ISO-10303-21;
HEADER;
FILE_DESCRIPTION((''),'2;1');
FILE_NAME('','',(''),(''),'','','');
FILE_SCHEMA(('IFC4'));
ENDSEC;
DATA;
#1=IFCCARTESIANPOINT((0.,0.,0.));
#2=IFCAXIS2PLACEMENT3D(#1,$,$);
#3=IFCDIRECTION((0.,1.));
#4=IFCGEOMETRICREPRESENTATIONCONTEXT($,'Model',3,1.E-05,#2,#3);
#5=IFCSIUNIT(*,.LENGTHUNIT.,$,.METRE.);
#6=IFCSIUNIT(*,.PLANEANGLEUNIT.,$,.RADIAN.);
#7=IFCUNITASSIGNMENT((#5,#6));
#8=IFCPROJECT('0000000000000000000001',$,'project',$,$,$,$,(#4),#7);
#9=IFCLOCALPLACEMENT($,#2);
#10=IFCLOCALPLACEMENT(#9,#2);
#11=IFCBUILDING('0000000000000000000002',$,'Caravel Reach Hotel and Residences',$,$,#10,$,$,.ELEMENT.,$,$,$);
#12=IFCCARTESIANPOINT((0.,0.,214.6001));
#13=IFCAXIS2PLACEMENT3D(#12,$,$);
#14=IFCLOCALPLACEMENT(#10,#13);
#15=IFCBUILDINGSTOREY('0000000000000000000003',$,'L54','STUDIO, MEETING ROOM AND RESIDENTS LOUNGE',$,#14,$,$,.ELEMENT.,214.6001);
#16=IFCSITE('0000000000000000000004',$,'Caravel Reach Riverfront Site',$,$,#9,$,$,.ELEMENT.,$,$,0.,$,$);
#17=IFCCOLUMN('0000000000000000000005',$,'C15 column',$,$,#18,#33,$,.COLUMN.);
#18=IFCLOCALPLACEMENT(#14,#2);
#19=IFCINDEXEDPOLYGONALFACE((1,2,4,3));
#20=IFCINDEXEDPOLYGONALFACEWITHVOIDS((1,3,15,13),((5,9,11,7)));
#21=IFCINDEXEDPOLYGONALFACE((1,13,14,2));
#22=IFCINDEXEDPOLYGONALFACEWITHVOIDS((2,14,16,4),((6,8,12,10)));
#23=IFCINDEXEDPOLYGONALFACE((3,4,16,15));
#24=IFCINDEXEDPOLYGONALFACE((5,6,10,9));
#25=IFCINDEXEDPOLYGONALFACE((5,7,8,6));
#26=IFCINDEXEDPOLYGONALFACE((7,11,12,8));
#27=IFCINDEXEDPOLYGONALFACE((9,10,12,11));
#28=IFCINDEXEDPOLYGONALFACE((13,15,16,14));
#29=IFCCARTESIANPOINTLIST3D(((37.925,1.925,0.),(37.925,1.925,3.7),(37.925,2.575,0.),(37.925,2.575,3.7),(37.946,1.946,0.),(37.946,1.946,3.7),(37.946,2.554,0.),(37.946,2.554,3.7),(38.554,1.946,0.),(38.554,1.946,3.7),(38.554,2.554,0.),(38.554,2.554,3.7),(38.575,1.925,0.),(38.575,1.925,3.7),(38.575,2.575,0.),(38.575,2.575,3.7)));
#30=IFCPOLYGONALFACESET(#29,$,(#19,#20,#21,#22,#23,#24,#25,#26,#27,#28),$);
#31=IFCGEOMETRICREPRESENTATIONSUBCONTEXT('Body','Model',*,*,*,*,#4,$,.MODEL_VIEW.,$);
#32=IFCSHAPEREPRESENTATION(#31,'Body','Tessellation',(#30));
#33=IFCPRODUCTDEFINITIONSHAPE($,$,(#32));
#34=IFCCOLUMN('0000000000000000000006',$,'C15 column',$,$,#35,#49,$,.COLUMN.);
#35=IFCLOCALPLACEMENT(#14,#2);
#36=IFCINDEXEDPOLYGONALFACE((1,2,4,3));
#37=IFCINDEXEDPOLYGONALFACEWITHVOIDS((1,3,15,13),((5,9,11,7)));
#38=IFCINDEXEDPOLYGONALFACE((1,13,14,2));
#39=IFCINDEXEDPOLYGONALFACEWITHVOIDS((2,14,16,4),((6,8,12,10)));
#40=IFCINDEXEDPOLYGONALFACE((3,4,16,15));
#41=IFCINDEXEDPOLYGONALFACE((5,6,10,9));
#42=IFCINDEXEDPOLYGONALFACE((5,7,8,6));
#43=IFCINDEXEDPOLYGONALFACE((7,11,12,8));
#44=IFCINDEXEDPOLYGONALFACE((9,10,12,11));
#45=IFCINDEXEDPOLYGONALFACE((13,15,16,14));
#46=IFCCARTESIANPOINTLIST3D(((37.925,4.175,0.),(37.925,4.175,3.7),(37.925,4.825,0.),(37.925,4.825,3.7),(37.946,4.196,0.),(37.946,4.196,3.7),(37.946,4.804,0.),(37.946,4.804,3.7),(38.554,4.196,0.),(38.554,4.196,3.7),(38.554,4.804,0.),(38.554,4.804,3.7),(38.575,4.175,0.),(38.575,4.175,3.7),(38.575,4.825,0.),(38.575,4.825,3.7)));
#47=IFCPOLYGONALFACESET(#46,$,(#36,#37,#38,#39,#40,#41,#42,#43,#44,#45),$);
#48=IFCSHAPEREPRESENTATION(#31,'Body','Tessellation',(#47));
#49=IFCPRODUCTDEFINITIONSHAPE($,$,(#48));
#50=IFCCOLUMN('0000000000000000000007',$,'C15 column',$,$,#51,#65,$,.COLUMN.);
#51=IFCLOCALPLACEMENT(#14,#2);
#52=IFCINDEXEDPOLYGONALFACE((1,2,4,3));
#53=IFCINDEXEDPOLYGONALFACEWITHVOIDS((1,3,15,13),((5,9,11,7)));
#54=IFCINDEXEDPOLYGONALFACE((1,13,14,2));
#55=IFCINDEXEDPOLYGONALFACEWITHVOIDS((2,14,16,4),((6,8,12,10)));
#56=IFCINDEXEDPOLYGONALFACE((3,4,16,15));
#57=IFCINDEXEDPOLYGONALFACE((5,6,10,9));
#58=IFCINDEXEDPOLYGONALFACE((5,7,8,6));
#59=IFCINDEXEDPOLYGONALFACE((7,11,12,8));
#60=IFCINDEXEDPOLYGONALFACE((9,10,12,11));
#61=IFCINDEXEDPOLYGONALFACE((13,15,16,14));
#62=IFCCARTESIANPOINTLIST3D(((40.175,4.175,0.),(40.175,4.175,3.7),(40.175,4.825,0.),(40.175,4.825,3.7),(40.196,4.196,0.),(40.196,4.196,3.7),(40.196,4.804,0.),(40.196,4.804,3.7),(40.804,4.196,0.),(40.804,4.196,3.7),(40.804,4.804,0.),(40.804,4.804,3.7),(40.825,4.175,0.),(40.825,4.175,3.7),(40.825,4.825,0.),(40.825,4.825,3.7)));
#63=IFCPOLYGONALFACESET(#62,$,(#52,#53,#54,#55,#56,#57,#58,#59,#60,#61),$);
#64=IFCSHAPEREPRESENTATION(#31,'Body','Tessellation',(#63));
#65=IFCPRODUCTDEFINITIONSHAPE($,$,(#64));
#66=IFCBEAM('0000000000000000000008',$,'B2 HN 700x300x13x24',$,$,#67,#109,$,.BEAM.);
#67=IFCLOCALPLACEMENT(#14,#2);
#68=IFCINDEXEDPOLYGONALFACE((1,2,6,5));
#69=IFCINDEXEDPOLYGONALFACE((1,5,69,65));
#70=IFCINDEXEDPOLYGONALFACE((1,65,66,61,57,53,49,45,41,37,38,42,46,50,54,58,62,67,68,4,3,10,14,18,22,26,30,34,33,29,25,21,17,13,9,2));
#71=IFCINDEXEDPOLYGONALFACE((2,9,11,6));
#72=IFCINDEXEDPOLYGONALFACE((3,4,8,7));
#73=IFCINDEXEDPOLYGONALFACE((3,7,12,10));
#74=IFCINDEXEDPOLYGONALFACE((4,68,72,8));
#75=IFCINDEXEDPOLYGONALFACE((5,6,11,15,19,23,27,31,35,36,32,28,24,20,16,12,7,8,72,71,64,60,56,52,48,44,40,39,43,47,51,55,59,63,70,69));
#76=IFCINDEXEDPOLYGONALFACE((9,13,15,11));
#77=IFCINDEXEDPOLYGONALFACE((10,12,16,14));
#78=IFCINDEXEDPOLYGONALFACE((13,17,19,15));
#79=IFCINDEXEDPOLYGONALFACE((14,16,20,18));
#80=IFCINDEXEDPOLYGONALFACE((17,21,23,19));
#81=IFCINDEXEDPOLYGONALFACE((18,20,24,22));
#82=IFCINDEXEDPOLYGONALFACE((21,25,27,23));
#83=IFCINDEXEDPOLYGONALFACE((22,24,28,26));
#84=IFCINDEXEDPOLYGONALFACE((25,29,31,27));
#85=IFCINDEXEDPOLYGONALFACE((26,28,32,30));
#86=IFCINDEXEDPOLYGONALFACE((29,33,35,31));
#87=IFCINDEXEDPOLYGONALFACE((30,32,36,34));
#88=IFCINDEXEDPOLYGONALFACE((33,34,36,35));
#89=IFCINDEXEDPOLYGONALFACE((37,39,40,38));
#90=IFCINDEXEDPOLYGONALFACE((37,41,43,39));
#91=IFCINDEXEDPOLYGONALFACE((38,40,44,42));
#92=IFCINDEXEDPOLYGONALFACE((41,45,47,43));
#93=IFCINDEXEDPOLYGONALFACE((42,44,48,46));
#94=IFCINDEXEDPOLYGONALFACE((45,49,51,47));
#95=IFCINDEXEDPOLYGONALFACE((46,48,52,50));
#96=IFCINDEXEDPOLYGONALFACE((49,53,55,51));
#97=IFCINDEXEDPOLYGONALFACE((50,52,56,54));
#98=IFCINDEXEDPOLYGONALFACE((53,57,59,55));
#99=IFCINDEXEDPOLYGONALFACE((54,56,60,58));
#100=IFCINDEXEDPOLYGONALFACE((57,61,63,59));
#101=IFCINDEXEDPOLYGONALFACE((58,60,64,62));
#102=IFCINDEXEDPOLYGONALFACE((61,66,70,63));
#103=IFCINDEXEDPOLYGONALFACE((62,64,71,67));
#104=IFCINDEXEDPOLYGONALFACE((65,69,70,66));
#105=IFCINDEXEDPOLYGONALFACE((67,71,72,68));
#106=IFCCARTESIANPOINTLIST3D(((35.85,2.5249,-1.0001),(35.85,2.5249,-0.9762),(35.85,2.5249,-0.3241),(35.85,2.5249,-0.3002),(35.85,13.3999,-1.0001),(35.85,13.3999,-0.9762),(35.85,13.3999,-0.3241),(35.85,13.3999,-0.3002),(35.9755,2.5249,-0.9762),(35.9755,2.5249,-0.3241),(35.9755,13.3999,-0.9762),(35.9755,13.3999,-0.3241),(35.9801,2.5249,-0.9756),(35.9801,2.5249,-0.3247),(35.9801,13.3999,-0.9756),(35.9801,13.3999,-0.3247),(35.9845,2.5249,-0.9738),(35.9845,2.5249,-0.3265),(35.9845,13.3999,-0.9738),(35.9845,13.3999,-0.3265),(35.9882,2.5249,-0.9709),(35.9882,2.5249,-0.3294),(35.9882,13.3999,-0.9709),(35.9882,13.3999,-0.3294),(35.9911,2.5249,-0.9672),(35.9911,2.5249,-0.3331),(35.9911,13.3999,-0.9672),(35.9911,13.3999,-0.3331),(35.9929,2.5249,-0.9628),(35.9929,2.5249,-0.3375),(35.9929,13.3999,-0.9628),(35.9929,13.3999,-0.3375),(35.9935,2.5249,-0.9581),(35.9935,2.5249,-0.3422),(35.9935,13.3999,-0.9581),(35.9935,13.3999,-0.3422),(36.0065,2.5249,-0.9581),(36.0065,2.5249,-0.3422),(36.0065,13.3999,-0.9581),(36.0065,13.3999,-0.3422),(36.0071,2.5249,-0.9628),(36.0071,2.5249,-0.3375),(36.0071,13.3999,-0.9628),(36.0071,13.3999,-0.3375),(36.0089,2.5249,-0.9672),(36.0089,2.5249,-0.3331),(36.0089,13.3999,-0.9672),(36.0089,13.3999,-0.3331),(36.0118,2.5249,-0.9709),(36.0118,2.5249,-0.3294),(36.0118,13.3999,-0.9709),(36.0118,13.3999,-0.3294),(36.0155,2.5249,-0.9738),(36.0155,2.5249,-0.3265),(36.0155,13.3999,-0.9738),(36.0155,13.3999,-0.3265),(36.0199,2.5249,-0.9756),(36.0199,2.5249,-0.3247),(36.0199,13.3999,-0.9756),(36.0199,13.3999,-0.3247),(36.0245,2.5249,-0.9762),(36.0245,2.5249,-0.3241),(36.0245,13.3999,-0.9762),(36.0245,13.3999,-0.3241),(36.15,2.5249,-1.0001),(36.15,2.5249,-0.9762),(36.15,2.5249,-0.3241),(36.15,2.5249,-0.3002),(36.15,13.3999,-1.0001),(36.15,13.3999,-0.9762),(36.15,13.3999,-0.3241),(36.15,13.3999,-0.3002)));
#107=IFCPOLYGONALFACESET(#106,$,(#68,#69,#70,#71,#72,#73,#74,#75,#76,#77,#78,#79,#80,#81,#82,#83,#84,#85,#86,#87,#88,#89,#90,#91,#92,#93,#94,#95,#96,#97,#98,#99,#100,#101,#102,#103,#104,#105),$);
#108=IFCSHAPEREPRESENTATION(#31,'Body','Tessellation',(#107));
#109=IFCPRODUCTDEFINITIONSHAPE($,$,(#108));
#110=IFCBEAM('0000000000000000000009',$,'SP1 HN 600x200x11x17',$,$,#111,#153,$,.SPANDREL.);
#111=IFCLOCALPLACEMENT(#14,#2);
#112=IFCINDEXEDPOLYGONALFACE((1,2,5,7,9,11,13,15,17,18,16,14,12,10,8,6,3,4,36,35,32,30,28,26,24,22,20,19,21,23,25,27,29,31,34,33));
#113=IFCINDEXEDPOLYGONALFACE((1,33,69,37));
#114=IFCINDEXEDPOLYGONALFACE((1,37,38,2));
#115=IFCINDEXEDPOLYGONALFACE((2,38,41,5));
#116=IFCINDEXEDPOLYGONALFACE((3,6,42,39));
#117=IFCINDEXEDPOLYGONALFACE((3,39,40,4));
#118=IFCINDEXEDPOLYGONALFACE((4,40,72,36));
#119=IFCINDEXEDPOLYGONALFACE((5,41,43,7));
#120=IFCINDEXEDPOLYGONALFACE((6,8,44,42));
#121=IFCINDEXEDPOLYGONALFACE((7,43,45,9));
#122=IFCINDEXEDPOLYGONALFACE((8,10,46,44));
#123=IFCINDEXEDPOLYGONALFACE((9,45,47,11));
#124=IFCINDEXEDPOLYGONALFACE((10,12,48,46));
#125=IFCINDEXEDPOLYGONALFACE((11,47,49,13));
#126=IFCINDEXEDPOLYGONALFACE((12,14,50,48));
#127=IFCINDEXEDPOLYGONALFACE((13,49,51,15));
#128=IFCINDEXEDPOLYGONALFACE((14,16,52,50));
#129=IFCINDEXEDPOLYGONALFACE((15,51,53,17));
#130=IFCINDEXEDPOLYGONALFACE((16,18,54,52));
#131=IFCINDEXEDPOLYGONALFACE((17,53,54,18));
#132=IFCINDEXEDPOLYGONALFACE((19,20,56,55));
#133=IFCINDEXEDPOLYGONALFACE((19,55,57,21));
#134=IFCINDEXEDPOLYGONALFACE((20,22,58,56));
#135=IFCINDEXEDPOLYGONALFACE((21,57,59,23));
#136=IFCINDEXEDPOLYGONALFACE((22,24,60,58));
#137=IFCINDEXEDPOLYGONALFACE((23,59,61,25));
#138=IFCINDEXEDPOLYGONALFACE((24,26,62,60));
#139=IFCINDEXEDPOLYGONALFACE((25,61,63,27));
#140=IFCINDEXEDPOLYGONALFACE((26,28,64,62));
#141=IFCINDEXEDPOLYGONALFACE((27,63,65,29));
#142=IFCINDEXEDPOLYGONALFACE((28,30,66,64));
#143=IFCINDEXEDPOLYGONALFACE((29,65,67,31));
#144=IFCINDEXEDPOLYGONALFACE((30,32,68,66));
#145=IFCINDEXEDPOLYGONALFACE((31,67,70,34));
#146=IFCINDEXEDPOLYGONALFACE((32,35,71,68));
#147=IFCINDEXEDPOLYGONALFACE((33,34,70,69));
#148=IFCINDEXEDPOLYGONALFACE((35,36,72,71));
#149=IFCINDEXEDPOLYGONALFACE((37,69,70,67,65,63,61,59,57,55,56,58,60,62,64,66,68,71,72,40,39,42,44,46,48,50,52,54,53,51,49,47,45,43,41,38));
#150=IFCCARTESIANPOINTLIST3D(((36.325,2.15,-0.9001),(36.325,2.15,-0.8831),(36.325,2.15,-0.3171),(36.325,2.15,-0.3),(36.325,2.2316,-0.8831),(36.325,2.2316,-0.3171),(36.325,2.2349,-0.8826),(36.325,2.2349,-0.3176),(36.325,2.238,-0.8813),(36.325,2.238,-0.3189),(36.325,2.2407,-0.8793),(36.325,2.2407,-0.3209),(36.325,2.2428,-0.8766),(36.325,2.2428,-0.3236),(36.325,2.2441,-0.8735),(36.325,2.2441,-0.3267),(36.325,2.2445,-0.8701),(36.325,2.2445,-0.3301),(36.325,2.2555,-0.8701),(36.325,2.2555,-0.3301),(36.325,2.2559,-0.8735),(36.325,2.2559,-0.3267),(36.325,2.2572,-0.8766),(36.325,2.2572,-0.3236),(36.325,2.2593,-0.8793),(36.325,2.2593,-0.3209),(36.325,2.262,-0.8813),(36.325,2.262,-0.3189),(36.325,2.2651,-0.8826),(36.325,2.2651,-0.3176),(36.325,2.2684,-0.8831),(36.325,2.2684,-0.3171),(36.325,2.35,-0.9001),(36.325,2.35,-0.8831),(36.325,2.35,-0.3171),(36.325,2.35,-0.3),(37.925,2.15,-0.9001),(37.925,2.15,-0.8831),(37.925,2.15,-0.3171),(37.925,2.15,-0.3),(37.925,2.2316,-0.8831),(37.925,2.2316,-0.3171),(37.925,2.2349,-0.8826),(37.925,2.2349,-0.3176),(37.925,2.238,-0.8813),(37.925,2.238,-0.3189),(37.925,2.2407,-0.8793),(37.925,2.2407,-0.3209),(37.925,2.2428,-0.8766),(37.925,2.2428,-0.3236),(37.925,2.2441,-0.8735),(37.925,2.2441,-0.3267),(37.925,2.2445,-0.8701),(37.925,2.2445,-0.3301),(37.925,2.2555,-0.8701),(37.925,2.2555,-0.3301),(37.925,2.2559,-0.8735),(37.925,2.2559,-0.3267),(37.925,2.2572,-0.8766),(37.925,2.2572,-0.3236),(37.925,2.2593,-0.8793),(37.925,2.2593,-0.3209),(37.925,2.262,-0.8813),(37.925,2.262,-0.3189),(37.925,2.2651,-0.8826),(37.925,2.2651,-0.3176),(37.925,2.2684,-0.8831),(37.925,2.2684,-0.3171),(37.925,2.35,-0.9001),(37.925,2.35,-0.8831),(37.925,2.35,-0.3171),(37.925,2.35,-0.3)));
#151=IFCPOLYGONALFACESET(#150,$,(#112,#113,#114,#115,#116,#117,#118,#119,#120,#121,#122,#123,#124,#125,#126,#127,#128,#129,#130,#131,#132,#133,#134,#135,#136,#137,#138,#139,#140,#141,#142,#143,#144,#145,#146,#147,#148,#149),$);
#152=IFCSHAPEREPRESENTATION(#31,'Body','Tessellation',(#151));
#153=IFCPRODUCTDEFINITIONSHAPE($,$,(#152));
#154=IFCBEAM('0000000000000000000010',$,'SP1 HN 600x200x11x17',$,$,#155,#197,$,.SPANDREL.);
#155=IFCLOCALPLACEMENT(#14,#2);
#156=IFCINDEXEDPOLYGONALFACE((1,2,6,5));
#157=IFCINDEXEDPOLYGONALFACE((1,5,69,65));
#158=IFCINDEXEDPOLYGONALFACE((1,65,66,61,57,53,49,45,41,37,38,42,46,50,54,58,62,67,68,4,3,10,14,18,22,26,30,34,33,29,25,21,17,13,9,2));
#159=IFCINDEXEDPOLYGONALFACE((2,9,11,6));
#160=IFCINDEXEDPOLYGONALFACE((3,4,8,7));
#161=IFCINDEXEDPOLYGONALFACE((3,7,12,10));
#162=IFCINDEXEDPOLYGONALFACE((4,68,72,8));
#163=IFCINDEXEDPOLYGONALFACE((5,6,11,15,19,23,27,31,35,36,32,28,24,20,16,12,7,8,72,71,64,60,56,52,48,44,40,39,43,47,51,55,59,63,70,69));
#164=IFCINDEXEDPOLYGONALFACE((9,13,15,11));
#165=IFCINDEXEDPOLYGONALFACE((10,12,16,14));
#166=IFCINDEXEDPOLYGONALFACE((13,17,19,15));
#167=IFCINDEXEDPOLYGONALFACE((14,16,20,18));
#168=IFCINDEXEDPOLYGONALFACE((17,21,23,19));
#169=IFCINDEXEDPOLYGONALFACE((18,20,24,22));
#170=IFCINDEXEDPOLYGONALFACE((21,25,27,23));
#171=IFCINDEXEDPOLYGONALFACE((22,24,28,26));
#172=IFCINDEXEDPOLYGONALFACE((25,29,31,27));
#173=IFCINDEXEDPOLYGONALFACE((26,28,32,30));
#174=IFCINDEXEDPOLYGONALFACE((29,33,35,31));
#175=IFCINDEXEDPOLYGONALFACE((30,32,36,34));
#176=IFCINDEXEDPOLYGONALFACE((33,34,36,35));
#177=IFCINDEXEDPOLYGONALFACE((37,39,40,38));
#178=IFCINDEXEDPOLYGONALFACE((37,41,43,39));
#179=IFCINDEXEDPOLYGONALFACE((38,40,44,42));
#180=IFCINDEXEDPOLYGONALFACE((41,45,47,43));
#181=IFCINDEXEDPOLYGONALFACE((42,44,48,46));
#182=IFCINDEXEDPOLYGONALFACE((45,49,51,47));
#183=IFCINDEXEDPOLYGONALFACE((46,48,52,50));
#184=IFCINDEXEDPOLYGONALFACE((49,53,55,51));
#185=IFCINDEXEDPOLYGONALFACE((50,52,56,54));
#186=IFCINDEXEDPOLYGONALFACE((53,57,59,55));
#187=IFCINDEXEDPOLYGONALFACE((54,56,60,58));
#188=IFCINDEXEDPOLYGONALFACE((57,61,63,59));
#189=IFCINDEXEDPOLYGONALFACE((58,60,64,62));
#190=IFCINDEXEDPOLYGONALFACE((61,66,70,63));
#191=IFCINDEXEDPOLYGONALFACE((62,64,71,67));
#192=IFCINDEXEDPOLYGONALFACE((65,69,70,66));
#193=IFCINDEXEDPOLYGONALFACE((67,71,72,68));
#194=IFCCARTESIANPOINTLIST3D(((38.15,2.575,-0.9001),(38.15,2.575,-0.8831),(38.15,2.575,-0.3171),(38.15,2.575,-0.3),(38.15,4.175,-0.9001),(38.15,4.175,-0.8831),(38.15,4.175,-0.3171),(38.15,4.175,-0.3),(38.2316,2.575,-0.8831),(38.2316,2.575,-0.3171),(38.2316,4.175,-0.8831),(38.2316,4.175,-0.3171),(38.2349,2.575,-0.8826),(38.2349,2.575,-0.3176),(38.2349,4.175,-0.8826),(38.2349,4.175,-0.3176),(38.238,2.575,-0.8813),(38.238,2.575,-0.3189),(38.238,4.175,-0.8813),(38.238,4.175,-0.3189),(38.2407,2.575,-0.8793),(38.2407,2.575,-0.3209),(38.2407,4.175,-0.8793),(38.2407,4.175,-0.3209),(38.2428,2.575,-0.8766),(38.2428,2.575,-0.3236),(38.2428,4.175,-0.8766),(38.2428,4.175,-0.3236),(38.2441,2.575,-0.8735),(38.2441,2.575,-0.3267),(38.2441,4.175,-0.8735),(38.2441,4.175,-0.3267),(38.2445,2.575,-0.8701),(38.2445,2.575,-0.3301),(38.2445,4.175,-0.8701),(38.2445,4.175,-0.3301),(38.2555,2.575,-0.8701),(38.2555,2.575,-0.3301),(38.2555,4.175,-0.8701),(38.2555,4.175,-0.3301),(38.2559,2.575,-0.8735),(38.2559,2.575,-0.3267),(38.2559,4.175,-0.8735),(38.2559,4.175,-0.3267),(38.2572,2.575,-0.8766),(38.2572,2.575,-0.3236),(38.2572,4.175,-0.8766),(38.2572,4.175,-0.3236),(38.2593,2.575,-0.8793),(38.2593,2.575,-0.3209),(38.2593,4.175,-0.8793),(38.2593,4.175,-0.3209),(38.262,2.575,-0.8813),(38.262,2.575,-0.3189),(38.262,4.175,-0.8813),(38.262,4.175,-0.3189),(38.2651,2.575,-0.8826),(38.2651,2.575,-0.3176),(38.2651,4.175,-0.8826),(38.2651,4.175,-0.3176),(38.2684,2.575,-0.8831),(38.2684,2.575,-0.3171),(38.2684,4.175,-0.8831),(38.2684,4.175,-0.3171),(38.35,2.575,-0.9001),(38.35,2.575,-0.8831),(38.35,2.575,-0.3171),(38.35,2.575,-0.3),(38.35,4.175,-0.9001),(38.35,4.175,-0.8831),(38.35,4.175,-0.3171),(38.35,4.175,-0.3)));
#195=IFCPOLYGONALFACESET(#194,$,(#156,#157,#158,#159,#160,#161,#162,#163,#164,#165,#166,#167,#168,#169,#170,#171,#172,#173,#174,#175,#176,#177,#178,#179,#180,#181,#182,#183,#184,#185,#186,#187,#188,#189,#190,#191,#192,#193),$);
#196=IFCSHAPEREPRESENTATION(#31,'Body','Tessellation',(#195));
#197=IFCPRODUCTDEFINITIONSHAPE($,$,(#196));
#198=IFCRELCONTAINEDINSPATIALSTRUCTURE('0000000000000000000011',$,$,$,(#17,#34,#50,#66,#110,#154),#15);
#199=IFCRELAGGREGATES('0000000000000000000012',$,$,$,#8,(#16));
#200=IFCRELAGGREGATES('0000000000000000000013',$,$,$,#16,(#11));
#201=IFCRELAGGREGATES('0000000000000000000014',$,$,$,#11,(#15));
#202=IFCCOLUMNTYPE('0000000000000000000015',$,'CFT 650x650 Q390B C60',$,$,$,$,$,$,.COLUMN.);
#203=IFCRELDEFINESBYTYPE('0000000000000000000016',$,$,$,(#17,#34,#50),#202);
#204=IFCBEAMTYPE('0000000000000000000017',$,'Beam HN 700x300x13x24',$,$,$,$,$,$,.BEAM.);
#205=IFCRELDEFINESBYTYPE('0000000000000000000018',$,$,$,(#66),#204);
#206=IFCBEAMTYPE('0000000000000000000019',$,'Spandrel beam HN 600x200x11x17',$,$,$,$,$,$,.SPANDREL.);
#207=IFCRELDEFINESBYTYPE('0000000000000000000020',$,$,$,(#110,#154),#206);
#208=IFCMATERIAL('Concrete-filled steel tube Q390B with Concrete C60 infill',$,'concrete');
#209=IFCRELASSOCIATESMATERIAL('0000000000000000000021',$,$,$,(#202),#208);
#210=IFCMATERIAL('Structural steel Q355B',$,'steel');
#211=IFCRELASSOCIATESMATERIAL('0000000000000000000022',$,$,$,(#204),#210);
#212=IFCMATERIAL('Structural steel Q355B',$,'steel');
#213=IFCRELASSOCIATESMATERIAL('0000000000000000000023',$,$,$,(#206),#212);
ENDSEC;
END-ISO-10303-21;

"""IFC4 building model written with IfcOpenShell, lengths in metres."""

from ifc_helpers import new_model, si_unit, direction, frame, origin, origin_2d, place, context, subcontext, project, spatial, hollow_rectangle, i_section, extrude, material, material_profile, profile_set, type_object, element, save


model = new_model("IFC4")

# Units and contexts
model_context = context("Model", 3, precision=1e-05, world=origin(), true_north=direction((0.0, 1.0)))
body_context = subcontext(model_context, "Body", "Model", "MODEL_VIEW")
ifc_project = project(units=[si_unit("LENGTHUNIT", "METRE"), si_unit("PLANEANGLEUNIT", "RADIAN")], contexts=[model_context])

# Site, building, storey
site_placement = place(None, origin())
site = spatial("IfcSite", under=ifc_project, at=site_placement, Name="Caravel Reach Riverfront Site", CompositionType="ELEMENT", RefElevation=0.0)
building_placement = place(site_placement, origin())
building = spatial("IfcBuilding", under=site, at=building_placement, Name="Caravel Reach Hotel and Residences", CompositionType="ELEMENT")
storey_placement = place(building_placement, frame((0.0, 0.0, 214.6001)))
storey = spatial("IfcBuildingStorey", under=building, at=storey_placement, Name="L54", Description="STUDIO, MEETING ROOM AND RESIDENTS LOUNGE", CompositionType="ELEMENT", Elevation=214.6001)

# Columns
ifc_material_1 = material(Name="Concrete-filled steel tube Q390B with Concrete C60 infill", Category="concrete")
ifc_material_profile_1 = material_profile(ifc_material_1, hollow_rectangle(XDim=0.6499, YDim=0.6499, WallThickness=0.021, at=origin_2d()), Name="RHS 650x650x21")
ifc_profile_set_1 = profile_set([ifc_material_profile_1], Name="Concrete-filled steel tube Q390B with Concrete C60 infill")
column_type = type_object("IfcColumnType", Name="CFT 650x650 Q390B C60", PredefinedType="COLUMN", material=ifc_profile_set_1)
for number, where, z_axis, x_axis, name in (
    (1, (38.25, 2.25, 0.0), (0.0, 0.0, 1.0), (1.0, 0.0, 0.0), "C15 column"),
    (2, (38.25, 4.5, 0.0), (0.0, 0.0, 1.0), (1.0, 0.0, 0.0), "C15 column"),
    (3, (40.5, 4.5, 0.0), (0.0, 0.0, 1.0), (1.0, 0.0, 0.0), "C15 column"),
):
    element("IfcColumn", number, at=place(storey_placement, frame(where, z_axis=z_axis, x_axis=x_axis)), inside=storey, type_object=column_type, Name=name, PredefinedType="COLUMN", context=body_context, shape_type="SweptSolid", body=[
        extrude(hollow_rectangle(XDim=0.6499, YDim=0.6499, WallThickness=0.021, at=origin_2d()), origin(), (0.0, 0.0, 1.0), 3.7),
    ])

# Beams
ifc_material_2 = material(Name="Structural steel Q355B", Category="steel")
ifc_material_profile_2 = material_profile(ifc_material_2, i_section(OverallWidth=0.3, OverallDepth=0.7, WebThickness=0.0129, FlangeThickness=0.0239, FilletRadius=0.0181, at=origin_2d()), Name="HN 700x300x13x24")
ifc_profile_set_2 = profile_set([ifc_material_profile_2], Name="Structural steel Q355B")
beam_type_1 = type_object("IfcBeamType", Name="Beam HN 700x300x13x24", PredefinedType="BEAM", material=ifc_profile_set_2)
beam_1_placement = place(storey_placement, frame((36.0, 13.3999, -0.6501), z_axis=(0.0, -1.0, 0.0), x_axis=(1.0, 0.0, 0.0)))
element("IfcBeam", 4, at=beam_1_placement, inside=storey, type_object=beam_type_1, Name="B2 HN 700x300x13x24", PredefinedType="BEAM", context=body_context, shape_type="SweptSolid", body=[
    extrude(i_section(OverallWidth=0.3, OverallDepth=0.7, WebThickness=0.0129, FlangeThickness=0.0239, FilletRadius=0.0181, at=origin_2d()), origin(), (0.0, 0.0, 1.0), 10.875),
])
ifc_material_3 = material(Name="Structural steel Q355B", Category="steel")
ifc_material_profile_3 = material_profile(ifc_material_3, i_section(OverallWidth=0.2, OverallDepth=0.6001, WebThickness=0.011, FlangeThickness=0.0171, FilletRadius=0.0129, at=origin_2d()), Name="HN 600x200x11x17")
ifc_profile_set_3 = profile_set([ifc_material_profile_3], Name="Structural steel Q355B")
beam_type_2 = type_object("IfcBeamType", Name="Spandrel beam HN 600x200x11x17", PredefinedType="SPANDREL", material=ifc_profile_set_3)
for number, where, z_axis, x_axis, name in (
    (5, (36.325, 2.25, -0.6001), (1.0, 0.0, 0.0), (0.0, 1.0, 0.0), "SP1 HN 600x200x11x17"),
    (6, (38.25, 2.575, -0.6001), (0.0, 1.0, 0.0), (-1.0, 0.0, 0.0), "SP1 HN 600x200x11x17"),
):
    element("IfcBeam", number, at=place(storey_placement, frame(where, z_axis=z_axis, x_axis=x_axis)), inside=storey, type_object=beam_type_2, Name=name, PredefinedType="SPANDREL", context=body_context, shape_type="SweptSolid", body=[
        extrude(i_section(OverallWidth=0.2, OverallDepth=0.6001, WebThickness=0.011, FlangeThickness=0.0171, FilletRadius=0.0129, at=origin_2d()), origin(), (0.0, 0.0, 1.0), 1.6001),
    ])

save(model, "model.ifc")
